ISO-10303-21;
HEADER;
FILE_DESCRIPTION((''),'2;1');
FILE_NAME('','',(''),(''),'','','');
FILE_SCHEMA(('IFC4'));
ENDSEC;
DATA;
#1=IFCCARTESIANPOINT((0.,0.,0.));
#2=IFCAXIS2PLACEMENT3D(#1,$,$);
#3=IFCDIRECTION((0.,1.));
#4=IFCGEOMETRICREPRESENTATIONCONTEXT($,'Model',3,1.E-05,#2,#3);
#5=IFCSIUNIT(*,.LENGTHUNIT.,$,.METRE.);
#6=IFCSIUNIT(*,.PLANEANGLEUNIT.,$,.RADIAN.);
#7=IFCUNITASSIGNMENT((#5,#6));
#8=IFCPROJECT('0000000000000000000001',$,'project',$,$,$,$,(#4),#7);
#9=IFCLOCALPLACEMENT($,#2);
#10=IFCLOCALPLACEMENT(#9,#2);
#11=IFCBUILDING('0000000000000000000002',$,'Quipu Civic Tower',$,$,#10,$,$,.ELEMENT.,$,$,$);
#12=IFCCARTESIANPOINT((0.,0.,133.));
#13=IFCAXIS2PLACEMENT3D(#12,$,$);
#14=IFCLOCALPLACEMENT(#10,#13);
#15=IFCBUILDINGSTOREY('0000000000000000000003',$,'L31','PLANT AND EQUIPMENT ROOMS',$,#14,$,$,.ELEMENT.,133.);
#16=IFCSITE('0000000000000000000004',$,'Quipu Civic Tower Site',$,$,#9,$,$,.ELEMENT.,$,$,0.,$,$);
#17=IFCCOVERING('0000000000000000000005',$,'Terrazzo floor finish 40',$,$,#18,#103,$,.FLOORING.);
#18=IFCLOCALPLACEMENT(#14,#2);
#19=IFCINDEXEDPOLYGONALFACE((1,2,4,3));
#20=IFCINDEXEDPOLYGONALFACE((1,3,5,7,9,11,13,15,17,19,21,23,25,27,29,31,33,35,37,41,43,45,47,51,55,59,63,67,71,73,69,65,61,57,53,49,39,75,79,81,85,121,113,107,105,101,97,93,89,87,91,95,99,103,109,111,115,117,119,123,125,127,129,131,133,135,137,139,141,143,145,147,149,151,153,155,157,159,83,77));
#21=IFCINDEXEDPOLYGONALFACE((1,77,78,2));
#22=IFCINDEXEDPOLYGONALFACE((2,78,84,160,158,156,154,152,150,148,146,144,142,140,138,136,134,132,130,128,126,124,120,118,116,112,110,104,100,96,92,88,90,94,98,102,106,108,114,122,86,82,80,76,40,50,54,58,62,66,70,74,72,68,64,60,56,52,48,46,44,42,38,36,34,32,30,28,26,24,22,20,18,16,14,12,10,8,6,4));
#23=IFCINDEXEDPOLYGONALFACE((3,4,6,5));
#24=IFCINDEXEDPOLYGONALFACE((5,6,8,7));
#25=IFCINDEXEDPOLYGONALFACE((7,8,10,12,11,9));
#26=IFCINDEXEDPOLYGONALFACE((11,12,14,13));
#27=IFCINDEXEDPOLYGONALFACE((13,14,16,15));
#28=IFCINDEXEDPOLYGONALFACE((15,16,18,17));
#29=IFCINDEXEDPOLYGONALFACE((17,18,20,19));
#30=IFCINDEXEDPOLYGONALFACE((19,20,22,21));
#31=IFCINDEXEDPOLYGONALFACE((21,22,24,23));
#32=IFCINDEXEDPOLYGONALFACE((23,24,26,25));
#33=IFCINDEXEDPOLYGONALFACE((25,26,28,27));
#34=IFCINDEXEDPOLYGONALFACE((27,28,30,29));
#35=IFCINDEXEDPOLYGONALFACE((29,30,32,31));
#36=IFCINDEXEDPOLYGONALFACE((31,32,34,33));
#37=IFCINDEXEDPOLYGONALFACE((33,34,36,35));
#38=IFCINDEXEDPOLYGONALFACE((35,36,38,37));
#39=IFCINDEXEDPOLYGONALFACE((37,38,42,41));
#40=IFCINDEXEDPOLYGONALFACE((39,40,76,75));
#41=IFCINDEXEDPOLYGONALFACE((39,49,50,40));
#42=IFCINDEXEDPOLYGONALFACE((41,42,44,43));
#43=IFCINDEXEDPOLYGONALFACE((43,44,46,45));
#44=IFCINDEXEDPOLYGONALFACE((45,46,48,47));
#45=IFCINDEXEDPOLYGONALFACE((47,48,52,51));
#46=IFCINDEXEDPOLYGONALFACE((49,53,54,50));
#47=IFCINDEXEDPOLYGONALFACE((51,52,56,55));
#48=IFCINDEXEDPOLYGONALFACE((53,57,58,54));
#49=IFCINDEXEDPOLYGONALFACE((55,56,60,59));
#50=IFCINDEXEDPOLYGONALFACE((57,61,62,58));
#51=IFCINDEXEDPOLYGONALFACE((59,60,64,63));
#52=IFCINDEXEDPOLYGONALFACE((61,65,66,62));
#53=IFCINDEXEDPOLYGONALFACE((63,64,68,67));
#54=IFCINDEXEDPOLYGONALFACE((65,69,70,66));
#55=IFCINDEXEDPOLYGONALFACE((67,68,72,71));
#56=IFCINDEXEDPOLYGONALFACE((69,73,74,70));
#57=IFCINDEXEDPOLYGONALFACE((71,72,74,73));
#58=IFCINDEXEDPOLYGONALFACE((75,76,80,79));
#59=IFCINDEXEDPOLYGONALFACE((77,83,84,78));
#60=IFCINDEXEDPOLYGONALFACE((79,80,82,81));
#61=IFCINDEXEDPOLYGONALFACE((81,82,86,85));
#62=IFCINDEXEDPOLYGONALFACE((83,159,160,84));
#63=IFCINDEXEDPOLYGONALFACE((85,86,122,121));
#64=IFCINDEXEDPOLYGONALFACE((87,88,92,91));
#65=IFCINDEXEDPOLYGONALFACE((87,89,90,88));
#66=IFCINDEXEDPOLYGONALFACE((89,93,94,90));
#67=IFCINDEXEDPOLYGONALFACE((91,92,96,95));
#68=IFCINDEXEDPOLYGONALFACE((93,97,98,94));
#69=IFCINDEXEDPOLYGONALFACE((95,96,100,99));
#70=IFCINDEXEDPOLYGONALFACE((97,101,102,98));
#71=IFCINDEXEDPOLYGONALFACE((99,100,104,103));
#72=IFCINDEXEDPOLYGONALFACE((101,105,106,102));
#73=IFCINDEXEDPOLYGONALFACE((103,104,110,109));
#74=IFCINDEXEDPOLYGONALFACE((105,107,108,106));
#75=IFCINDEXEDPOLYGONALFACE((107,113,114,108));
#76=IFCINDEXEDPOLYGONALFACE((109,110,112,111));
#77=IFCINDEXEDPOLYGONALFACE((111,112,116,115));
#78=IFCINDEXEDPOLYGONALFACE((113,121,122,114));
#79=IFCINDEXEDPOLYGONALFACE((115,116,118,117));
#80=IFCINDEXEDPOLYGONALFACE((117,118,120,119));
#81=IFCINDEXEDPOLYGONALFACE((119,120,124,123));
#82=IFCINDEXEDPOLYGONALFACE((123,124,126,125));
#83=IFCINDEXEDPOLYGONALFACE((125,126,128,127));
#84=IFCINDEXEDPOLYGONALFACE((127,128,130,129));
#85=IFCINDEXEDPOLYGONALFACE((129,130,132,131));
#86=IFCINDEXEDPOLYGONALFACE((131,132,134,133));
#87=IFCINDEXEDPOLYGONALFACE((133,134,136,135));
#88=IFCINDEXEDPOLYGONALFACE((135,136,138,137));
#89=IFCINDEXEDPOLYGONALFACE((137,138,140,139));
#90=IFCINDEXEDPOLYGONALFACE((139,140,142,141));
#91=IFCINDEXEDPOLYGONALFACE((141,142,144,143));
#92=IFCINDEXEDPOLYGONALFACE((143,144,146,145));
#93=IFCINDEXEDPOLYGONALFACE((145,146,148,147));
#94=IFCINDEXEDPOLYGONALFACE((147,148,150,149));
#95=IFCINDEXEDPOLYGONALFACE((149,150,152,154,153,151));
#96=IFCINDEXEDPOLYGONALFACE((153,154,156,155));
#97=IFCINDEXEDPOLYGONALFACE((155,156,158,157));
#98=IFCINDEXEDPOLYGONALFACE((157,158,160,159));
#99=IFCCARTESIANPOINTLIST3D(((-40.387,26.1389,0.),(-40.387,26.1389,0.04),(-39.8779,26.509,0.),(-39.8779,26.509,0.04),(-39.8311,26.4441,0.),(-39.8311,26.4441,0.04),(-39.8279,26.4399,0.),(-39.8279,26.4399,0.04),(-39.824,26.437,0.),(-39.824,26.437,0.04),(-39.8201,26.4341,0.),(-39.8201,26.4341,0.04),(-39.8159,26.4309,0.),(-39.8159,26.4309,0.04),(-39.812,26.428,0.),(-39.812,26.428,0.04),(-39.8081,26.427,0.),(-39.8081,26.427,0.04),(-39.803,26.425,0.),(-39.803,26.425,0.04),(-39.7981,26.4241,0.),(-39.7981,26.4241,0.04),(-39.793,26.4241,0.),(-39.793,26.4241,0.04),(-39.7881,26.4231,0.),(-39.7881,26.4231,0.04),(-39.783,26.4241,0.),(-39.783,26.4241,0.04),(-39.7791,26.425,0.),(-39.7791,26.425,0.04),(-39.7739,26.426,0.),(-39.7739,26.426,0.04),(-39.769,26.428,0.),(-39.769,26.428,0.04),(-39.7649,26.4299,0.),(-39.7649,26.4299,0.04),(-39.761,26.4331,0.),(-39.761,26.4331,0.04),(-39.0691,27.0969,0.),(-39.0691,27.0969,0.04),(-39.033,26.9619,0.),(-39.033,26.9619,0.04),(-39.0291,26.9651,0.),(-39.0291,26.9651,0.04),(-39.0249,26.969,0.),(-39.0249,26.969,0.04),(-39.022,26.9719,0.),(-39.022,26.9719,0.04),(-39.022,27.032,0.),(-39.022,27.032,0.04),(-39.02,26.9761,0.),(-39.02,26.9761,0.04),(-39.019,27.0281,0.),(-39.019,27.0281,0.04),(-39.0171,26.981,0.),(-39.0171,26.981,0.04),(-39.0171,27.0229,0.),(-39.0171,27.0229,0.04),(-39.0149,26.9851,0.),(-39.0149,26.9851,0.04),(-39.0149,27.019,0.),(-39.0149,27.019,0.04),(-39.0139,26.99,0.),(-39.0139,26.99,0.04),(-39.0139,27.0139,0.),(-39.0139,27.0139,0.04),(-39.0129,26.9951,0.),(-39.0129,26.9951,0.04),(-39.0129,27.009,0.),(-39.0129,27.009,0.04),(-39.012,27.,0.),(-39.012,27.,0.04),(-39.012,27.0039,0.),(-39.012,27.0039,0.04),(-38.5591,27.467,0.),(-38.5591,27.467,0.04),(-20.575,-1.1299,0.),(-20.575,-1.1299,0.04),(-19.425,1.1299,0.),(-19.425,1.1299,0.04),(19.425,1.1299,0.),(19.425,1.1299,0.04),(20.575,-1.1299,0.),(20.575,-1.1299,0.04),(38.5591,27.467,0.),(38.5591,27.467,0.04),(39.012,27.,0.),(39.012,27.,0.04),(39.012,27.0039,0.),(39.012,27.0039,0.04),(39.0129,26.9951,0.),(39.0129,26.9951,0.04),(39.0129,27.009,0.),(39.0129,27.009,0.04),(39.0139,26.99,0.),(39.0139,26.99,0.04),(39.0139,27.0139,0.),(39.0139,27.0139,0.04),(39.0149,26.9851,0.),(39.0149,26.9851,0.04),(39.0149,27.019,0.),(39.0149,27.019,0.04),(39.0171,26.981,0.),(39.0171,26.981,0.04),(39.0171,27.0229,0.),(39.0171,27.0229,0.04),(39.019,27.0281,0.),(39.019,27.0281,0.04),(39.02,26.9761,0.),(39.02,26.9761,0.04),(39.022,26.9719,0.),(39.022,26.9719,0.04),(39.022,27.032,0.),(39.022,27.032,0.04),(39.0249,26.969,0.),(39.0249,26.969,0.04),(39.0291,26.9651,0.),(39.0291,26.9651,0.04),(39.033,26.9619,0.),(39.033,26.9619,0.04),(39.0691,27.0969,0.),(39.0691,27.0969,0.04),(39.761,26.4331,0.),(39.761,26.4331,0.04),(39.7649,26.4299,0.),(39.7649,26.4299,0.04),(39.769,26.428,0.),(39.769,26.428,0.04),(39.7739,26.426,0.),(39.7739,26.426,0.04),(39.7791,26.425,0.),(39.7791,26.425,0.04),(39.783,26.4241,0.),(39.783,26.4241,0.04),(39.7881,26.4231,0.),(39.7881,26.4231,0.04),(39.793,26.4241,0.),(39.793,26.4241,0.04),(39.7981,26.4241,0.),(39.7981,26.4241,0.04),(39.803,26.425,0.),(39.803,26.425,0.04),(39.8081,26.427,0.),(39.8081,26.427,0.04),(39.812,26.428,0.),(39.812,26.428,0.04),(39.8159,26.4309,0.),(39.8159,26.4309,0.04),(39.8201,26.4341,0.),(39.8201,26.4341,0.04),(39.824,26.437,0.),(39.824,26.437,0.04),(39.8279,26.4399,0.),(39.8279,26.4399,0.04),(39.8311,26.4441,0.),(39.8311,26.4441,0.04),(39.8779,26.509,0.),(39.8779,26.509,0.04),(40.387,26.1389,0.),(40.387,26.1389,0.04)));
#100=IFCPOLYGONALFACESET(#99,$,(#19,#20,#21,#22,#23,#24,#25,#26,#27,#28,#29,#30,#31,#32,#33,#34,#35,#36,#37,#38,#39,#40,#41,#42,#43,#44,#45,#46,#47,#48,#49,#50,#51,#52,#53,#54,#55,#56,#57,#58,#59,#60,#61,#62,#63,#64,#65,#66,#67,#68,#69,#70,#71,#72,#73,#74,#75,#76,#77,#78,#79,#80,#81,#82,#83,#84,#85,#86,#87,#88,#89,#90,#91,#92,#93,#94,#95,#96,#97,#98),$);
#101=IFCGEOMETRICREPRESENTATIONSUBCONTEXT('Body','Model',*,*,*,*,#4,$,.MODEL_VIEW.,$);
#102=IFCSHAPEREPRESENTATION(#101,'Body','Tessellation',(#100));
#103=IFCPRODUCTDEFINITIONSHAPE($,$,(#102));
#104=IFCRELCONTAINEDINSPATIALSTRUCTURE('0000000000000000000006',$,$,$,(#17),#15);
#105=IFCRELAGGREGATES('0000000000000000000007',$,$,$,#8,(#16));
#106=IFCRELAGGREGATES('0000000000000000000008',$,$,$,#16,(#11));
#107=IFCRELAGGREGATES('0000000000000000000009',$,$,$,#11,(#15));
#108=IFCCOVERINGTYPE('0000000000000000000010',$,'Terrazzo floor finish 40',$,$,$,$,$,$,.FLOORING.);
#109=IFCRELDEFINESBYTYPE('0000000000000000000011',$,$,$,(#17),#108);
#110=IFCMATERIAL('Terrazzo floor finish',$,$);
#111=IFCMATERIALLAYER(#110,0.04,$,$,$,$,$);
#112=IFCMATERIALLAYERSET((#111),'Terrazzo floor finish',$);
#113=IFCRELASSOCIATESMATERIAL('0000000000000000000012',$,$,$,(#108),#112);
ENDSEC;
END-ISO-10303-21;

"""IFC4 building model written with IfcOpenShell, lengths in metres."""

from ifc_helpers import new_model, si_unit, direction, frame, origin, place, context, subcontext, project, spatial, polyline, outline, extrude, material, layer, layer_set, type_object, element, save


model = new_model("IFC4")

# Units and contexts
model_context = context("Model", 3, precision=1e-05, world=origin(), true_north=direction((0.0, 1.0)))
body_context = subcontext(model_context, "Body", "Model", "MODEL_VIEW")
ifc_project = project(units=[si_unit("LENGTHUNIT", "METRE"), si_unit("PLANEANGLEUNIT", "RADIAN")], contexts=[model_context])

# Site, building, storey
site_placement = place(None, origin())
site = spatial("IfcSite", under=ifc_project, at=site_placement, Name="Quipu Civic Tower Site", CompositionType="ELEMENT", RefElevation=0.0)
building_placement = place(site_placement, origin())
building = spatial("IfcBuilding", under=site, at=building_placement, Name="Quipu Civic Tower", CompositionType="ELEMENT")
storey_placement = place(building_placement, frame((0.0, 0.0, 133.0)))
storey = spatial("IfcBuildingStorey", under=building, at=storey_placement, Name="L31", Description="PLANT AND EQUIPMENT ROOMS", CompositionType="ELEMENT", Elevation=133.0)

# Covering
ifc_material_1 = material(Name="Terrazzo floor finish")
ifc_layer_1 = layer(ifc_material_1, 0.04)
ifc_layer_set_1 = layer_set([ifc_layer_1], Name="Terrazzo floor finish")
covering_type_1 = type_object("IfcCoveringType", Name="Terrazzo floor finish 40", PredefinedType="FLOORING", material=ifc_layer_set_1)
covering_1_placement = place(storey_placement, origin())
element("IfcCovering", 1, at=covering_1_placement, inside=storey, type_object=covering_type_1, Name="Terrazzo floor finish 40", PredefinedType="FLOORING", context=body_context, shape_type="SweptSolid", body=[
    extrude(outline(polyline([(38.5591, 27.467), (39.0691, 27.0969), (39.022, 27.032), (39.019, 27.0281), (39.0171, 27.0229), (39.0149, 27.019), (39.0139, 27.0139), (39.0129, 27.009), (39.012, 27.0039), (39.012, 27.0), (39.0129, 26.9951), (39.0139, 26.99), (39.0149, 26.9851), (39.0171, 26.981), (39.02, 26.9761), (39.022, 26.9719), (39.0249, 26.969), (39.0291, 26.9651), (39.033, 26.9619), (39.761, 26.4331), (39.7649, 26.4299), (39.769, 26.428), (39.7739, 26.426), (39.7791, 26.425), (39.783, 26.4241), (39.7881, 26.4231), (39.793, 26.4241), (39.7981, 26.4241), (39.803, 26.425), (39.8081, 26.427), (39.812, 26.428), (39.8159, 26.4309), (39.8201, 26.4341), (39.824, 26.437), (39.8279, 26.4399), (39.8311, 26.4441), (39.8779, 26.509), (40.387, 26.1389), (20.575, -1.1299), (-20.575, -1.1299), (-40.387, 26.1389), (-39.8779, 26.509), (-39.8311, 26.4441), (-39.8279, 26.4399), (-39.824, 26.437), (-39.8201, 26.4341), (-39.8159, 26.4309), (-39.812, 26.428), (-39.8081, 26.427), (-39.803, 26.425), (-39.7981, 26.4241), (-39.793, 26.4241), (-39.7881, 26.4231), (-39.783, 26.4241), (-39.7791, 26.425), (-39.7739, 26.426), (-39.769, 26.428), (-39.7649, 26.4299), (-39.761, 26.4331), (-39.033, 26.9619), (-39.0291, 26.9651), (-39.0249, 26.969), (-39.022, 26.9719), (-39.02, 26.9761), (-39.0171, 26.981), (-39.0149, 26.9851), (-39.0139, 26.99), (-39.0129, 26.9951), (-39.012, 27.0), (-39.012, 27.0039), (-39.0129, 27.009), (-39.0139, 27.0139), (-39.0149, 27.019), (-39.0171, 27.0229), (-39.019, 27.0281), (-39.022, 27.032), (-39.0691, 27.0969), (-38.5591, 27.467), (-19.425, 1.1299), (19.425, 1.1299), (38.5591, 27.467)])), origin(), (0.0, 0.0, 1.0), 0.04),
])

save(model, "model.ifc")
